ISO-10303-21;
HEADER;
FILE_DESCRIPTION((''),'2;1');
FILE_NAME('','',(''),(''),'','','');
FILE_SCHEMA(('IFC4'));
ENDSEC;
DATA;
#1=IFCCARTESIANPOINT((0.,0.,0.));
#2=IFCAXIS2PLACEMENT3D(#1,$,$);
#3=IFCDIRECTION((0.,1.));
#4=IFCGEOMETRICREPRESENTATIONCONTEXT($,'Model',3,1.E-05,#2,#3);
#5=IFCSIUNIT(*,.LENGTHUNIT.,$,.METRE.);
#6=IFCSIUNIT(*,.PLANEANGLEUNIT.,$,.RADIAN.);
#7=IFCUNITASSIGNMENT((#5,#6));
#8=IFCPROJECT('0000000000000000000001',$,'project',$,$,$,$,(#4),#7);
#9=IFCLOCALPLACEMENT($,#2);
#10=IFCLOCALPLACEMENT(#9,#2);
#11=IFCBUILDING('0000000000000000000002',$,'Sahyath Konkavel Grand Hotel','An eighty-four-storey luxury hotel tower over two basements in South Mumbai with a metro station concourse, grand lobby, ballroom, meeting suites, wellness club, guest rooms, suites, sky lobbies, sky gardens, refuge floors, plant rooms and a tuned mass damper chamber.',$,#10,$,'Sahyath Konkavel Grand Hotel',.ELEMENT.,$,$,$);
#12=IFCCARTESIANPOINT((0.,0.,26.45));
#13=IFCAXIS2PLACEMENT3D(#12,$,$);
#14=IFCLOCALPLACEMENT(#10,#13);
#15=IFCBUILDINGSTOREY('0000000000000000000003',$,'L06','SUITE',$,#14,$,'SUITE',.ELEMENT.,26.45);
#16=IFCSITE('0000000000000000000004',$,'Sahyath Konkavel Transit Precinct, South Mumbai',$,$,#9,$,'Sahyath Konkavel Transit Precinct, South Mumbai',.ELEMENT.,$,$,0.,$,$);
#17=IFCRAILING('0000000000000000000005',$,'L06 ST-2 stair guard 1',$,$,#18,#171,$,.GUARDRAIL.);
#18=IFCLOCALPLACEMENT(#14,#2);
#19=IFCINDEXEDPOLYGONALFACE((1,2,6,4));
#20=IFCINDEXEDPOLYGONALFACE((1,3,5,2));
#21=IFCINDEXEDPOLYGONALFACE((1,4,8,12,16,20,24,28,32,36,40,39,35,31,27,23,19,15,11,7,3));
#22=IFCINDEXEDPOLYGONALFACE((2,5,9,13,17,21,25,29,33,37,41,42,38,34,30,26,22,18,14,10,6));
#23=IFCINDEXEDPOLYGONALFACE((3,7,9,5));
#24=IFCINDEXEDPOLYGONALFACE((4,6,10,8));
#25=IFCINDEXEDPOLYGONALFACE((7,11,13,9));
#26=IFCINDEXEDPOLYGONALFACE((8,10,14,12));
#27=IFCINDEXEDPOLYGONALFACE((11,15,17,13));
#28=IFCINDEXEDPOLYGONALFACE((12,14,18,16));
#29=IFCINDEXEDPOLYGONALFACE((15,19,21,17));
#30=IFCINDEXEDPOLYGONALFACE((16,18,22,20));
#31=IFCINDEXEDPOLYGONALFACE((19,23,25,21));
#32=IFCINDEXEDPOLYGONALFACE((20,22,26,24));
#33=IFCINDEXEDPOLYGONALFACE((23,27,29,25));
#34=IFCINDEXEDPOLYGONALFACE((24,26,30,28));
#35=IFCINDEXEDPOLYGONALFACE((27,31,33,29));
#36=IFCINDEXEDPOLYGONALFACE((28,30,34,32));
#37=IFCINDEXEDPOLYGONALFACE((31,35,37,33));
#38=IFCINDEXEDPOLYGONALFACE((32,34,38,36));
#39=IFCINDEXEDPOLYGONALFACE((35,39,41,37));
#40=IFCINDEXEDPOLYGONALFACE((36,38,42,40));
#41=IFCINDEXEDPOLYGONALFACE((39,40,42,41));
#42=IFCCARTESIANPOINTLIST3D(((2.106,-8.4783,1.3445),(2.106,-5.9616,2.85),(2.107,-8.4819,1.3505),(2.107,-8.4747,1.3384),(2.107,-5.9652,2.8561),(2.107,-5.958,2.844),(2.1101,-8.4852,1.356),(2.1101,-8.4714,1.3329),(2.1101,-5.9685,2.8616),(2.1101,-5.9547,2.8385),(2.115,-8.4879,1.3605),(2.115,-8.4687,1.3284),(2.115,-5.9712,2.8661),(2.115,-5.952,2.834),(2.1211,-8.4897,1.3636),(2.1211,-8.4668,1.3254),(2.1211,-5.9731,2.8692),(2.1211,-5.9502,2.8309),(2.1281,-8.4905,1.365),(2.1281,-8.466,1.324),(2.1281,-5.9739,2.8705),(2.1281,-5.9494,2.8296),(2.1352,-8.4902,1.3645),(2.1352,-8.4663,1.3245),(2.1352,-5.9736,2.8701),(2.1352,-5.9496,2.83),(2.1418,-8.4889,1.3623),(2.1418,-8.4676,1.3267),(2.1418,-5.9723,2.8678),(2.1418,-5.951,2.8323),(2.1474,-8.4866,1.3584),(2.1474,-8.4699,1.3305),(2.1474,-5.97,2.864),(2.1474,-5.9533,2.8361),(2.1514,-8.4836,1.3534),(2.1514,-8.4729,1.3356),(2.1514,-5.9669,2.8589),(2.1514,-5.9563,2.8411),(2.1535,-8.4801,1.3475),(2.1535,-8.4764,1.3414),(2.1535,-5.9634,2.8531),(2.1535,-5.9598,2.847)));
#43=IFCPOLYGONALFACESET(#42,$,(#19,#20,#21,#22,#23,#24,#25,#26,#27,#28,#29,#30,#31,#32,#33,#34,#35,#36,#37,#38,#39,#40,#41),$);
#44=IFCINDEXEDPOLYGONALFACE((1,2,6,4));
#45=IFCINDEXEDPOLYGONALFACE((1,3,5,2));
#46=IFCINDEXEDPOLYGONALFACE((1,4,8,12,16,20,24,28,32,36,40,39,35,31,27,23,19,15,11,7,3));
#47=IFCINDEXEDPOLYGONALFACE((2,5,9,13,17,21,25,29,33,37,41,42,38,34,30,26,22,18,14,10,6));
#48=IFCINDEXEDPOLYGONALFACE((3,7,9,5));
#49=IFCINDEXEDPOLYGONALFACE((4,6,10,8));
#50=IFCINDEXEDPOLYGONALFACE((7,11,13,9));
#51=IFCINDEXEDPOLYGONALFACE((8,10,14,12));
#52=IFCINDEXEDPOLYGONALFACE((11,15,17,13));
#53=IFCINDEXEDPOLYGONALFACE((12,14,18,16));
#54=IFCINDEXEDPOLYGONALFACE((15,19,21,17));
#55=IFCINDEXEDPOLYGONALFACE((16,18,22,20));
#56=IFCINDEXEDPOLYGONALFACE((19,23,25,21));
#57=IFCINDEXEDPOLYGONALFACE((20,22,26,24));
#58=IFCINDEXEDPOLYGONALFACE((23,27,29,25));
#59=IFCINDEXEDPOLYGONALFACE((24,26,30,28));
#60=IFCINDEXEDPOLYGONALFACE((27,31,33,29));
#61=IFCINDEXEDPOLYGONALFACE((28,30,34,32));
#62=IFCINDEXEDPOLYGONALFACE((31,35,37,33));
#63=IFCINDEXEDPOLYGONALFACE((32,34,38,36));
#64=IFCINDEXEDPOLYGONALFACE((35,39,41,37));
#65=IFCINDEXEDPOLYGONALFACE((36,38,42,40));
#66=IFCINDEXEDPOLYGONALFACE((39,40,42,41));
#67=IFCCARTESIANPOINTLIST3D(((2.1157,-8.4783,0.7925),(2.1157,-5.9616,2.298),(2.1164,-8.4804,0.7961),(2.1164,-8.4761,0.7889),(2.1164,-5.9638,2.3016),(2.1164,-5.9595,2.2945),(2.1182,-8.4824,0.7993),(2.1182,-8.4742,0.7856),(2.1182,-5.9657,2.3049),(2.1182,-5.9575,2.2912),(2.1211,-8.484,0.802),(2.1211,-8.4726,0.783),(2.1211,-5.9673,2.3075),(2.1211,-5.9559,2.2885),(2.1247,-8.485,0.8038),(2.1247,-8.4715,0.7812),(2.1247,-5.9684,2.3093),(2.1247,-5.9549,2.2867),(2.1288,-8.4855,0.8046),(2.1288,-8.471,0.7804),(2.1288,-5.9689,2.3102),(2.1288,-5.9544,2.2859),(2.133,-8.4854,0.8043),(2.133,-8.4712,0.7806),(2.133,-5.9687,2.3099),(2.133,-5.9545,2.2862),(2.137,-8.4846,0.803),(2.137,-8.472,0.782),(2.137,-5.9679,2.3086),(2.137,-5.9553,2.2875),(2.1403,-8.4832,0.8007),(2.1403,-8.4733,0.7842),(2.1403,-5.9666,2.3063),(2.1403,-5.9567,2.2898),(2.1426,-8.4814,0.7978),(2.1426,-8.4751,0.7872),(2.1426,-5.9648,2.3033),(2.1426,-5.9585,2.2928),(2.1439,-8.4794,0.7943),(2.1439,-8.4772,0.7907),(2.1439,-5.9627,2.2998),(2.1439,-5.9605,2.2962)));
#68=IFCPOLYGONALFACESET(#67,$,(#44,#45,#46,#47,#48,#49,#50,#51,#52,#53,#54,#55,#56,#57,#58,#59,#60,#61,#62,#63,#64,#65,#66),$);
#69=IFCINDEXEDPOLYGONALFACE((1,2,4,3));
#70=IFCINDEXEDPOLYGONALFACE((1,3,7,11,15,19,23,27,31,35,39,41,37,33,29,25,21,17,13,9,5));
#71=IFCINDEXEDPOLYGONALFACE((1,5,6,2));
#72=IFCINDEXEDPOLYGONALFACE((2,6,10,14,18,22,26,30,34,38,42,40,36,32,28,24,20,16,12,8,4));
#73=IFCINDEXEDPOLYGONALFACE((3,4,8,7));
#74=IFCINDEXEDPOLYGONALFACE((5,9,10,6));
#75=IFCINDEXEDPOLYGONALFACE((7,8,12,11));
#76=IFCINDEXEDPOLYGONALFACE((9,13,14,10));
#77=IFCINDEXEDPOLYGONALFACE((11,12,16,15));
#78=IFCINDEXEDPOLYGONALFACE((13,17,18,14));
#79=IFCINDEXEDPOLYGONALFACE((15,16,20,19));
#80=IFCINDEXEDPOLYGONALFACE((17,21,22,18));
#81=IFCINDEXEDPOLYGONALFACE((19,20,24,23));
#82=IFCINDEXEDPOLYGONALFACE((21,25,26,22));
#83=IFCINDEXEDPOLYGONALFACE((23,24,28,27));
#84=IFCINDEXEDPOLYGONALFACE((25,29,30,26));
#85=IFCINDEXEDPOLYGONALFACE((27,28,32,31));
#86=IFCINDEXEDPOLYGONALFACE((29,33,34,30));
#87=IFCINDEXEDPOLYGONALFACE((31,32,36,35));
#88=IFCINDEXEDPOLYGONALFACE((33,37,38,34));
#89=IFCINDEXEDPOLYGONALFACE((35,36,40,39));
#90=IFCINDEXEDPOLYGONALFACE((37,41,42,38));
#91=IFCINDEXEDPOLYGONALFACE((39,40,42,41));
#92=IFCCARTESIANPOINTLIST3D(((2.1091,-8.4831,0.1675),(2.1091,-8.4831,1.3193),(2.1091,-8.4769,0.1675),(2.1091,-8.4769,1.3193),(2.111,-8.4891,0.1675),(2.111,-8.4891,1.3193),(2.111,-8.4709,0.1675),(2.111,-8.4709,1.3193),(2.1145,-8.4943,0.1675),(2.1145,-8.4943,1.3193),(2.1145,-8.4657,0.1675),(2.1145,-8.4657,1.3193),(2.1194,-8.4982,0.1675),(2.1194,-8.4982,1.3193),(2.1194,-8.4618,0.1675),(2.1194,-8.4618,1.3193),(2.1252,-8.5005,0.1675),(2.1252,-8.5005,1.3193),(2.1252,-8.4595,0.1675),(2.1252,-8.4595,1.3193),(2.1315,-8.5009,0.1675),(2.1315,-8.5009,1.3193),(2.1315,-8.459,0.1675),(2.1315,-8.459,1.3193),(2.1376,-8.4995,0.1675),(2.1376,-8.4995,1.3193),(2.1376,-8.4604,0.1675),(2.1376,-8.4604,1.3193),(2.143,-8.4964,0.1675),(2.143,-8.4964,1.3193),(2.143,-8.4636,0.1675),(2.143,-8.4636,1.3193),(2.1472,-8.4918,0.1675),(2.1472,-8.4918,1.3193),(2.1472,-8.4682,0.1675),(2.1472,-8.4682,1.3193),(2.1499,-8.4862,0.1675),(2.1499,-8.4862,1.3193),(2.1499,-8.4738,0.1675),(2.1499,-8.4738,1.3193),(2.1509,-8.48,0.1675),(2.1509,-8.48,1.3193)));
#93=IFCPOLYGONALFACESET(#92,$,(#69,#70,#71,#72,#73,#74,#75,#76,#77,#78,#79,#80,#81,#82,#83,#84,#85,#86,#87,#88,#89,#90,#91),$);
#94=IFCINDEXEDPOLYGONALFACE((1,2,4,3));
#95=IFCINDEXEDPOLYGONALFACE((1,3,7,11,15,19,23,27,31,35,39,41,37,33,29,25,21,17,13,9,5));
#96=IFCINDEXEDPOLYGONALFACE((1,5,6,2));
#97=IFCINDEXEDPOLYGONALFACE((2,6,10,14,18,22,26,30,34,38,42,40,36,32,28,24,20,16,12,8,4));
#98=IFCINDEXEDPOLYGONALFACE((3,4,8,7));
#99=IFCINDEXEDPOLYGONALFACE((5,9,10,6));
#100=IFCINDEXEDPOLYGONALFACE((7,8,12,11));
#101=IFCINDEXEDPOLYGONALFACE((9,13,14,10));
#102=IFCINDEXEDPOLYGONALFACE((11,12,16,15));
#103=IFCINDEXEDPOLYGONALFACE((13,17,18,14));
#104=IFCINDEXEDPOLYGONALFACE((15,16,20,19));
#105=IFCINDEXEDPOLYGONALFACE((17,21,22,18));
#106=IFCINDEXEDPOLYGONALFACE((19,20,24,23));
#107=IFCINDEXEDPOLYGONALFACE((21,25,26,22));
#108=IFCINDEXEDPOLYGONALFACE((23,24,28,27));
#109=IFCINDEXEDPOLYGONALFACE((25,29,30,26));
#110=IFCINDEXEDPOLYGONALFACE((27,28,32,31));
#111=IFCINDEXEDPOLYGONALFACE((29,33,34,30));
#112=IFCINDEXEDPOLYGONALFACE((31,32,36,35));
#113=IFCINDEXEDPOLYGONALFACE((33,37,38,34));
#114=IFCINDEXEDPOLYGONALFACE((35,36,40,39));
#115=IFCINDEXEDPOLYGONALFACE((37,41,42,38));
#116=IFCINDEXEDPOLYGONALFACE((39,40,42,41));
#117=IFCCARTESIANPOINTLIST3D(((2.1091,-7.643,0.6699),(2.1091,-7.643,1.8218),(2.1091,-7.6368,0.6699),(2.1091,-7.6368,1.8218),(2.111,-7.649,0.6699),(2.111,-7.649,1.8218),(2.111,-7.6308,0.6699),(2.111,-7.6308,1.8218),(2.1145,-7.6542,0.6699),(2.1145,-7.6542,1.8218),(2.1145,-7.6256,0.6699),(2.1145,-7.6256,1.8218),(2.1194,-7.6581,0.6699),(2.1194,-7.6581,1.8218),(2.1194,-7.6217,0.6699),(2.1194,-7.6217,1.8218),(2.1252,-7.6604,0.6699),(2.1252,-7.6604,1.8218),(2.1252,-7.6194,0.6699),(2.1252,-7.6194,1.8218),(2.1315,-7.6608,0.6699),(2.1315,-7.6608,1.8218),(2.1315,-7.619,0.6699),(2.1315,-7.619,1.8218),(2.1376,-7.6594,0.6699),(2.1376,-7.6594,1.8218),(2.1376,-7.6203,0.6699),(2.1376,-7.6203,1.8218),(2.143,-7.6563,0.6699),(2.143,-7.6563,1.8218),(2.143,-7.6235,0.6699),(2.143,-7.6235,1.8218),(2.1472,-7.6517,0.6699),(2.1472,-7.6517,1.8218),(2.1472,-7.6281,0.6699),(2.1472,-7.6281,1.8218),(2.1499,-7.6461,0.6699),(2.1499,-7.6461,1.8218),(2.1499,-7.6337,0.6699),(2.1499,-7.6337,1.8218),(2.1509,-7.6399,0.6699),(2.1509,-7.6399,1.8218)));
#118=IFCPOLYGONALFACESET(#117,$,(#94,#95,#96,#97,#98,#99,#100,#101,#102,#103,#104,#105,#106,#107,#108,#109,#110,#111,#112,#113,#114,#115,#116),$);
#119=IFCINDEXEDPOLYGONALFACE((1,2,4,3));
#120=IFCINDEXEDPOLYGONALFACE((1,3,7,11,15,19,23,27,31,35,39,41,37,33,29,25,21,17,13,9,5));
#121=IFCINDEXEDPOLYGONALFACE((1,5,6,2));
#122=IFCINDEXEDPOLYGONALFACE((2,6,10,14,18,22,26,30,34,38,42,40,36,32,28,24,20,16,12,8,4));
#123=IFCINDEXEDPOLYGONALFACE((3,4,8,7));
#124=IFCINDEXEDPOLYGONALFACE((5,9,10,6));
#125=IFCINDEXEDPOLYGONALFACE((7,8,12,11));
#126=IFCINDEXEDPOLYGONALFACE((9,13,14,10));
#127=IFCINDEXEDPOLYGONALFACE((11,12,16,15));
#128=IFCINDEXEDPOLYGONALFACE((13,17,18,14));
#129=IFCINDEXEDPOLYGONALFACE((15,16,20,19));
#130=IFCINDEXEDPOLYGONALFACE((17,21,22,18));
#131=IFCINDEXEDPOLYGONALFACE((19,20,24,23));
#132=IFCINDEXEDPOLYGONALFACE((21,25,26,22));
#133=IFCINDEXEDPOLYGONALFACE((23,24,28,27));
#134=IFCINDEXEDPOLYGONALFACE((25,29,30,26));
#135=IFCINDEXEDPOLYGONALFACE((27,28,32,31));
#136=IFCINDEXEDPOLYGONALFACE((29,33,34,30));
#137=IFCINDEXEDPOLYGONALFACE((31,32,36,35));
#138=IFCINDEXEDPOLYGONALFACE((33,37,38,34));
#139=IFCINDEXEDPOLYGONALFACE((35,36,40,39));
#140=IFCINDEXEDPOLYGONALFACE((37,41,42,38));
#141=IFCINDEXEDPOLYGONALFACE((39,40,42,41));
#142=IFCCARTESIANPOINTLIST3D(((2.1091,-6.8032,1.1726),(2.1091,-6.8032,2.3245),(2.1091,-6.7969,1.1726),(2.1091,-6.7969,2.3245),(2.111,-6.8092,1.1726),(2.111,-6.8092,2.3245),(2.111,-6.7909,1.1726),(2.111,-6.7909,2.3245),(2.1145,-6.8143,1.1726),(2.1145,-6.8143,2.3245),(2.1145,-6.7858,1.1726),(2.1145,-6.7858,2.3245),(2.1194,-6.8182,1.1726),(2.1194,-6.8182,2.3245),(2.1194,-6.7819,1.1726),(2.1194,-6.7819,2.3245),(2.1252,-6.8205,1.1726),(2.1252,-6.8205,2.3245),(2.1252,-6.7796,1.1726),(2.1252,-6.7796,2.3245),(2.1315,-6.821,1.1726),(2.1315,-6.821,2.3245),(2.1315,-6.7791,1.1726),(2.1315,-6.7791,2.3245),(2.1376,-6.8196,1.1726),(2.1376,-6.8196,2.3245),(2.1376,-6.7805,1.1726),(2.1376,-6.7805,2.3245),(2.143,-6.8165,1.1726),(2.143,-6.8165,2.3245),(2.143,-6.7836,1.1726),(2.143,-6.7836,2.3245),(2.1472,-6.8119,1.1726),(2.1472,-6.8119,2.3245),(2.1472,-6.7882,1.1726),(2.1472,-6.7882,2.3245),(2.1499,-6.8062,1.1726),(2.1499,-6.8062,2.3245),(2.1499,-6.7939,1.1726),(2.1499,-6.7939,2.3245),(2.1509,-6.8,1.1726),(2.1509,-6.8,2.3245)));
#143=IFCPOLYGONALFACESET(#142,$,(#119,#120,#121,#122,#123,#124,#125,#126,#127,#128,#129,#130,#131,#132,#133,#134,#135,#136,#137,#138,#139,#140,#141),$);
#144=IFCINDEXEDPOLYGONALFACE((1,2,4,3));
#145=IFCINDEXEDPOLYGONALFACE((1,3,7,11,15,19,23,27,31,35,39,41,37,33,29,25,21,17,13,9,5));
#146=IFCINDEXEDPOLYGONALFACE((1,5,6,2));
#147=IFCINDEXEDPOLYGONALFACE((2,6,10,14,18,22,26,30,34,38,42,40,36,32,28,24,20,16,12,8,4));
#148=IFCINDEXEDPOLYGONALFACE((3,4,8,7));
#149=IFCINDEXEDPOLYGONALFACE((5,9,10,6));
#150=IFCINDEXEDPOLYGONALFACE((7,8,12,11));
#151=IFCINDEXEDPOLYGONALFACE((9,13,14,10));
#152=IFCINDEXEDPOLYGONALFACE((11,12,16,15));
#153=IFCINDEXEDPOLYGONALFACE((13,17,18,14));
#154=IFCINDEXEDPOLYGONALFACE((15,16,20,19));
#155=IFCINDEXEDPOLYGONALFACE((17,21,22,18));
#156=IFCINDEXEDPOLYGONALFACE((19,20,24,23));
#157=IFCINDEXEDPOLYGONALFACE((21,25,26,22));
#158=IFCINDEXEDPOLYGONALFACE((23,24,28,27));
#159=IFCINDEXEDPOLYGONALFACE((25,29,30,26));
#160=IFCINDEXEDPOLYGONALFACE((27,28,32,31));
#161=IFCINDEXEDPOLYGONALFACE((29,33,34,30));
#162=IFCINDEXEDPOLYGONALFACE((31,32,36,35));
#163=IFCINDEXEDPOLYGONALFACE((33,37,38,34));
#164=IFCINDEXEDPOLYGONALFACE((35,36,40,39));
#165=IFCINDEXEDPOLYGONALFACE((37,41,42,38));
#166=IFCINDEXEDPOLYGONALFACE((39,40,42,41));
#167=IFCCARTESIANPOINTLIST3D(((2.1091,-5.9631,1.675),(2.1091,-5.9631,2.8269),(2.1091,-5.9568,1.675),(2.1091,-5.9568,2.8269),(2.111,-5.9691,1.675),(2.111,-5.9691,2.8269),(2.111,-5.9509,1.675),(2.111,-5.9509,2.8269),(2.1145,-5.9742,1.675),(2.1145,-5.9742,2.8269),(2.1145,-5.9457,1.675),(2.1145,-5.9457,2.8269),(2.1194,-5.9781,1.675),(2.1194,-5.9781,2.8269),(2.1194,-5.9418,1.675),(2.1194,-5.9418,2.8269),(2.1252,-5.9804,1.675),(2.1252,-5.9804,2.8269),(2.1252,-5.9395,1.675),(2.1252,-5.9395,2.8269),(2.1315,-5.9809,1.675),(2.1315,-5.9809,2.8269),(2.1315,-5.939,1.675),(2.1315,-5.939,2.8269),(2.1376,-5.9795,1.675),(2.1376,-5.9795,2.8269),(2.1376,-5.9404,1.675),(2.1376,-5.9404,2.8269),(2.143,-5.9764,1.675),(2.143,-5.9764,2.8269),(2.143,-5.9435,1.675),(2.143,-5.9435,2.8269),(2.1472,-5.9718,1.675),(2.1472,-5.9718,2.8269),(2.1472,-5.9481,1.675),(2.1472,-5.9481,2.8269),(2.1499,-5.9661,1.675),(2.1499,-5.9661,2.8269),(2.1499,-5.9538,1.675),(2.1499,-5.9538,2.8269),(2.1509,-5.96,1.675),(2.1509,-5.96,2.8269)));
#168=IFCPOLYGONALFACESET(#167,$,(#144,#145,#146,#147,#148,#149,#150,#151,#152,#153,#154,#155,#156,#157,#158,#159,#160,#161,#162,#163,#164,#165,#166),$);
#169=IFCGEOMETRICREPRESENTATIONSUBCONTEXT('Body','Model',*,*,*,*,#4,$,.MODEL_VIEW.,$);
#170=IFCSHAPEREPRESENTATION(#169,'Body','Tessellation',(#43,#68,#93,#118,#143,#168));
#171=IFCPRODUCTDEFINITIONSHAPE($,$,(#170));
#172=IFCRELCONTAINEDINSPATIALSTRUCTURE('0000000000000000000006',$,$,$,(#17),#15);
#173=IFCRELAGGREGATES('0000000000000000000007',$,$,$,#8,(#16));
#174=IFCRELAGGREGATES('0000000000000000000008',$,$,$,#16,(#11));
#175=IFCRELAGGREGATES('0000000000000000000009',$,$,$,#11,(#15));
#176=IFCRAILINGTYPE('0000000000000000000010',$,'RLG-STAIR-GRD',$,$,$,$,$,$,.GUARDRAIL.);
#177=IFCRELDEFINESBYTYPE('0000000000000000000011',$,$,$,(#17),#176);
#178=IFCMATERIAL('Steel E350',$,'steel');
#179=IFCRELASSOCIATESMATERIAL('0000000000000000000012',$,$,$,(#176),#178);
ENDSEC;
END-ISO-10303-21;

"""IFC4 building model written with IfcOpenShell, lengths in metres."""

from ifc_helpers import new_model, si_unit, direction, frame, origin, origin_2d, place, context, subcontext, project, spatial, circle, extrude, material, type_object, element, save


model = new_model("IFC4")

# Units and contexts
model_context = context("Model", 3, precision=1e-05, world=origin(), true_north=direction((0.0, 1.0)))
body_context = subcontext(model_context, "Body", "Model", "MODEL_VIEW")
ifc_project = project(units=[si_unit("LENGTHUNIT", "METRE"), si_unit("PLANEANGLEUNIT", "RADIAN")], contexts=[model_context])

# Site, building, storey
site_placement = place(None, origin())
site = spatial("IfcSite", under=ifc_project, at=site_placement, Name="Sahyath Konkavel Transit Precinct, South Mumbai", LongName="Sahyath Konkavel Transit Precinct, South Mumbai", CompositionType="ELEMENT", RefElevation=0.0)
building_placement = place(site_placement, origin())
building = spatial("IfcBuilding", under=site, at=building_placement, Name="Sahyath Konkavel Grand Hotel", Description="An eighty-four-storey luxury hotel tower over two basements in South Mumbai with a metro station concourse, grand lobby, ballroom, meeting suites, wellness club, guest rooms, suites, sky lobbies, sky gardens, refuge floors, plant rooms and a tuned mass damper chamber.", LongName="Sahyath Konkavel Grand Hotel", CompositionType="ELEMENT")
storey_placement = place(building_placement, frame((0.0, 0.0, 26.45)))
storey = spatial("IfcBuildingStorey", under=building, at=storey_placement, Name="L06", Description="SUITE", LongName="SUITE", CompositionType="ELEMENT", Elevation=26.45)

# Shared definitions
ifc_material_1 = material(Name="Steel E350", Category="steel")

# Railing
railing_type_1 = type_object("IfcRailingType", Name="RLG-STAIR-GRD", PredefinedType="GUARDRAIL", material=ifc_material_1)
railing_1_placement = place(storey_placement, frame((2.1299, -8.48, 0.1675)))
element("IfcRailing", 1, at=railing_1_placement, inside=storey, type_object=railing_type_1, Name="L06 ST-2 stair guard 1", PredefinedType="GUARDRAIL", context=body_context, shape_type="SweptSolid", body=[
    extrude(circle(Radius=0.0239, at=origin_2d()), frame((0.0, 0.0017, 1.177), z_axis=(0.0, 0.85816, 0.513383), x_axis=(-1.0, 0.0, 0.0)), (0.0, 0.0, 1.0), 2.9326),
    extrude(circle(Radius=0.0142, at=origin_2d()), frame((0.0, 0.0017, 0.625), z_axis=(0.0, 0.85816, 0.513383), x_axis=(-1.0, 0.0, 0.0)), (0.0, 0.0, 1.0), 2.9326),
    extrude(circle(Radius=0.021, at=origin_2d()), origin(), (0.0, 0.0, 1.0), 1.1519),
    extrude(circle(Radius=0.021, at=origin_2d()), frame((0.0, 0.8401, 0.5024)), (0.0, 0.0, 1.0), 1.1519),
    extrude(circle(Radius=0.021, at=origin_2d()), frame((0.0, 1.6799, 1.0051)), (0.0, 0.0, 1.0), 1.1519),
    extrude(circle(Radius=0.021, at=origin_2d()), frame((0.0, 2.52, 1.5076)), (0.0, 0.0, 1.0), 1.1519),
])

save(model, "model.ifc")
